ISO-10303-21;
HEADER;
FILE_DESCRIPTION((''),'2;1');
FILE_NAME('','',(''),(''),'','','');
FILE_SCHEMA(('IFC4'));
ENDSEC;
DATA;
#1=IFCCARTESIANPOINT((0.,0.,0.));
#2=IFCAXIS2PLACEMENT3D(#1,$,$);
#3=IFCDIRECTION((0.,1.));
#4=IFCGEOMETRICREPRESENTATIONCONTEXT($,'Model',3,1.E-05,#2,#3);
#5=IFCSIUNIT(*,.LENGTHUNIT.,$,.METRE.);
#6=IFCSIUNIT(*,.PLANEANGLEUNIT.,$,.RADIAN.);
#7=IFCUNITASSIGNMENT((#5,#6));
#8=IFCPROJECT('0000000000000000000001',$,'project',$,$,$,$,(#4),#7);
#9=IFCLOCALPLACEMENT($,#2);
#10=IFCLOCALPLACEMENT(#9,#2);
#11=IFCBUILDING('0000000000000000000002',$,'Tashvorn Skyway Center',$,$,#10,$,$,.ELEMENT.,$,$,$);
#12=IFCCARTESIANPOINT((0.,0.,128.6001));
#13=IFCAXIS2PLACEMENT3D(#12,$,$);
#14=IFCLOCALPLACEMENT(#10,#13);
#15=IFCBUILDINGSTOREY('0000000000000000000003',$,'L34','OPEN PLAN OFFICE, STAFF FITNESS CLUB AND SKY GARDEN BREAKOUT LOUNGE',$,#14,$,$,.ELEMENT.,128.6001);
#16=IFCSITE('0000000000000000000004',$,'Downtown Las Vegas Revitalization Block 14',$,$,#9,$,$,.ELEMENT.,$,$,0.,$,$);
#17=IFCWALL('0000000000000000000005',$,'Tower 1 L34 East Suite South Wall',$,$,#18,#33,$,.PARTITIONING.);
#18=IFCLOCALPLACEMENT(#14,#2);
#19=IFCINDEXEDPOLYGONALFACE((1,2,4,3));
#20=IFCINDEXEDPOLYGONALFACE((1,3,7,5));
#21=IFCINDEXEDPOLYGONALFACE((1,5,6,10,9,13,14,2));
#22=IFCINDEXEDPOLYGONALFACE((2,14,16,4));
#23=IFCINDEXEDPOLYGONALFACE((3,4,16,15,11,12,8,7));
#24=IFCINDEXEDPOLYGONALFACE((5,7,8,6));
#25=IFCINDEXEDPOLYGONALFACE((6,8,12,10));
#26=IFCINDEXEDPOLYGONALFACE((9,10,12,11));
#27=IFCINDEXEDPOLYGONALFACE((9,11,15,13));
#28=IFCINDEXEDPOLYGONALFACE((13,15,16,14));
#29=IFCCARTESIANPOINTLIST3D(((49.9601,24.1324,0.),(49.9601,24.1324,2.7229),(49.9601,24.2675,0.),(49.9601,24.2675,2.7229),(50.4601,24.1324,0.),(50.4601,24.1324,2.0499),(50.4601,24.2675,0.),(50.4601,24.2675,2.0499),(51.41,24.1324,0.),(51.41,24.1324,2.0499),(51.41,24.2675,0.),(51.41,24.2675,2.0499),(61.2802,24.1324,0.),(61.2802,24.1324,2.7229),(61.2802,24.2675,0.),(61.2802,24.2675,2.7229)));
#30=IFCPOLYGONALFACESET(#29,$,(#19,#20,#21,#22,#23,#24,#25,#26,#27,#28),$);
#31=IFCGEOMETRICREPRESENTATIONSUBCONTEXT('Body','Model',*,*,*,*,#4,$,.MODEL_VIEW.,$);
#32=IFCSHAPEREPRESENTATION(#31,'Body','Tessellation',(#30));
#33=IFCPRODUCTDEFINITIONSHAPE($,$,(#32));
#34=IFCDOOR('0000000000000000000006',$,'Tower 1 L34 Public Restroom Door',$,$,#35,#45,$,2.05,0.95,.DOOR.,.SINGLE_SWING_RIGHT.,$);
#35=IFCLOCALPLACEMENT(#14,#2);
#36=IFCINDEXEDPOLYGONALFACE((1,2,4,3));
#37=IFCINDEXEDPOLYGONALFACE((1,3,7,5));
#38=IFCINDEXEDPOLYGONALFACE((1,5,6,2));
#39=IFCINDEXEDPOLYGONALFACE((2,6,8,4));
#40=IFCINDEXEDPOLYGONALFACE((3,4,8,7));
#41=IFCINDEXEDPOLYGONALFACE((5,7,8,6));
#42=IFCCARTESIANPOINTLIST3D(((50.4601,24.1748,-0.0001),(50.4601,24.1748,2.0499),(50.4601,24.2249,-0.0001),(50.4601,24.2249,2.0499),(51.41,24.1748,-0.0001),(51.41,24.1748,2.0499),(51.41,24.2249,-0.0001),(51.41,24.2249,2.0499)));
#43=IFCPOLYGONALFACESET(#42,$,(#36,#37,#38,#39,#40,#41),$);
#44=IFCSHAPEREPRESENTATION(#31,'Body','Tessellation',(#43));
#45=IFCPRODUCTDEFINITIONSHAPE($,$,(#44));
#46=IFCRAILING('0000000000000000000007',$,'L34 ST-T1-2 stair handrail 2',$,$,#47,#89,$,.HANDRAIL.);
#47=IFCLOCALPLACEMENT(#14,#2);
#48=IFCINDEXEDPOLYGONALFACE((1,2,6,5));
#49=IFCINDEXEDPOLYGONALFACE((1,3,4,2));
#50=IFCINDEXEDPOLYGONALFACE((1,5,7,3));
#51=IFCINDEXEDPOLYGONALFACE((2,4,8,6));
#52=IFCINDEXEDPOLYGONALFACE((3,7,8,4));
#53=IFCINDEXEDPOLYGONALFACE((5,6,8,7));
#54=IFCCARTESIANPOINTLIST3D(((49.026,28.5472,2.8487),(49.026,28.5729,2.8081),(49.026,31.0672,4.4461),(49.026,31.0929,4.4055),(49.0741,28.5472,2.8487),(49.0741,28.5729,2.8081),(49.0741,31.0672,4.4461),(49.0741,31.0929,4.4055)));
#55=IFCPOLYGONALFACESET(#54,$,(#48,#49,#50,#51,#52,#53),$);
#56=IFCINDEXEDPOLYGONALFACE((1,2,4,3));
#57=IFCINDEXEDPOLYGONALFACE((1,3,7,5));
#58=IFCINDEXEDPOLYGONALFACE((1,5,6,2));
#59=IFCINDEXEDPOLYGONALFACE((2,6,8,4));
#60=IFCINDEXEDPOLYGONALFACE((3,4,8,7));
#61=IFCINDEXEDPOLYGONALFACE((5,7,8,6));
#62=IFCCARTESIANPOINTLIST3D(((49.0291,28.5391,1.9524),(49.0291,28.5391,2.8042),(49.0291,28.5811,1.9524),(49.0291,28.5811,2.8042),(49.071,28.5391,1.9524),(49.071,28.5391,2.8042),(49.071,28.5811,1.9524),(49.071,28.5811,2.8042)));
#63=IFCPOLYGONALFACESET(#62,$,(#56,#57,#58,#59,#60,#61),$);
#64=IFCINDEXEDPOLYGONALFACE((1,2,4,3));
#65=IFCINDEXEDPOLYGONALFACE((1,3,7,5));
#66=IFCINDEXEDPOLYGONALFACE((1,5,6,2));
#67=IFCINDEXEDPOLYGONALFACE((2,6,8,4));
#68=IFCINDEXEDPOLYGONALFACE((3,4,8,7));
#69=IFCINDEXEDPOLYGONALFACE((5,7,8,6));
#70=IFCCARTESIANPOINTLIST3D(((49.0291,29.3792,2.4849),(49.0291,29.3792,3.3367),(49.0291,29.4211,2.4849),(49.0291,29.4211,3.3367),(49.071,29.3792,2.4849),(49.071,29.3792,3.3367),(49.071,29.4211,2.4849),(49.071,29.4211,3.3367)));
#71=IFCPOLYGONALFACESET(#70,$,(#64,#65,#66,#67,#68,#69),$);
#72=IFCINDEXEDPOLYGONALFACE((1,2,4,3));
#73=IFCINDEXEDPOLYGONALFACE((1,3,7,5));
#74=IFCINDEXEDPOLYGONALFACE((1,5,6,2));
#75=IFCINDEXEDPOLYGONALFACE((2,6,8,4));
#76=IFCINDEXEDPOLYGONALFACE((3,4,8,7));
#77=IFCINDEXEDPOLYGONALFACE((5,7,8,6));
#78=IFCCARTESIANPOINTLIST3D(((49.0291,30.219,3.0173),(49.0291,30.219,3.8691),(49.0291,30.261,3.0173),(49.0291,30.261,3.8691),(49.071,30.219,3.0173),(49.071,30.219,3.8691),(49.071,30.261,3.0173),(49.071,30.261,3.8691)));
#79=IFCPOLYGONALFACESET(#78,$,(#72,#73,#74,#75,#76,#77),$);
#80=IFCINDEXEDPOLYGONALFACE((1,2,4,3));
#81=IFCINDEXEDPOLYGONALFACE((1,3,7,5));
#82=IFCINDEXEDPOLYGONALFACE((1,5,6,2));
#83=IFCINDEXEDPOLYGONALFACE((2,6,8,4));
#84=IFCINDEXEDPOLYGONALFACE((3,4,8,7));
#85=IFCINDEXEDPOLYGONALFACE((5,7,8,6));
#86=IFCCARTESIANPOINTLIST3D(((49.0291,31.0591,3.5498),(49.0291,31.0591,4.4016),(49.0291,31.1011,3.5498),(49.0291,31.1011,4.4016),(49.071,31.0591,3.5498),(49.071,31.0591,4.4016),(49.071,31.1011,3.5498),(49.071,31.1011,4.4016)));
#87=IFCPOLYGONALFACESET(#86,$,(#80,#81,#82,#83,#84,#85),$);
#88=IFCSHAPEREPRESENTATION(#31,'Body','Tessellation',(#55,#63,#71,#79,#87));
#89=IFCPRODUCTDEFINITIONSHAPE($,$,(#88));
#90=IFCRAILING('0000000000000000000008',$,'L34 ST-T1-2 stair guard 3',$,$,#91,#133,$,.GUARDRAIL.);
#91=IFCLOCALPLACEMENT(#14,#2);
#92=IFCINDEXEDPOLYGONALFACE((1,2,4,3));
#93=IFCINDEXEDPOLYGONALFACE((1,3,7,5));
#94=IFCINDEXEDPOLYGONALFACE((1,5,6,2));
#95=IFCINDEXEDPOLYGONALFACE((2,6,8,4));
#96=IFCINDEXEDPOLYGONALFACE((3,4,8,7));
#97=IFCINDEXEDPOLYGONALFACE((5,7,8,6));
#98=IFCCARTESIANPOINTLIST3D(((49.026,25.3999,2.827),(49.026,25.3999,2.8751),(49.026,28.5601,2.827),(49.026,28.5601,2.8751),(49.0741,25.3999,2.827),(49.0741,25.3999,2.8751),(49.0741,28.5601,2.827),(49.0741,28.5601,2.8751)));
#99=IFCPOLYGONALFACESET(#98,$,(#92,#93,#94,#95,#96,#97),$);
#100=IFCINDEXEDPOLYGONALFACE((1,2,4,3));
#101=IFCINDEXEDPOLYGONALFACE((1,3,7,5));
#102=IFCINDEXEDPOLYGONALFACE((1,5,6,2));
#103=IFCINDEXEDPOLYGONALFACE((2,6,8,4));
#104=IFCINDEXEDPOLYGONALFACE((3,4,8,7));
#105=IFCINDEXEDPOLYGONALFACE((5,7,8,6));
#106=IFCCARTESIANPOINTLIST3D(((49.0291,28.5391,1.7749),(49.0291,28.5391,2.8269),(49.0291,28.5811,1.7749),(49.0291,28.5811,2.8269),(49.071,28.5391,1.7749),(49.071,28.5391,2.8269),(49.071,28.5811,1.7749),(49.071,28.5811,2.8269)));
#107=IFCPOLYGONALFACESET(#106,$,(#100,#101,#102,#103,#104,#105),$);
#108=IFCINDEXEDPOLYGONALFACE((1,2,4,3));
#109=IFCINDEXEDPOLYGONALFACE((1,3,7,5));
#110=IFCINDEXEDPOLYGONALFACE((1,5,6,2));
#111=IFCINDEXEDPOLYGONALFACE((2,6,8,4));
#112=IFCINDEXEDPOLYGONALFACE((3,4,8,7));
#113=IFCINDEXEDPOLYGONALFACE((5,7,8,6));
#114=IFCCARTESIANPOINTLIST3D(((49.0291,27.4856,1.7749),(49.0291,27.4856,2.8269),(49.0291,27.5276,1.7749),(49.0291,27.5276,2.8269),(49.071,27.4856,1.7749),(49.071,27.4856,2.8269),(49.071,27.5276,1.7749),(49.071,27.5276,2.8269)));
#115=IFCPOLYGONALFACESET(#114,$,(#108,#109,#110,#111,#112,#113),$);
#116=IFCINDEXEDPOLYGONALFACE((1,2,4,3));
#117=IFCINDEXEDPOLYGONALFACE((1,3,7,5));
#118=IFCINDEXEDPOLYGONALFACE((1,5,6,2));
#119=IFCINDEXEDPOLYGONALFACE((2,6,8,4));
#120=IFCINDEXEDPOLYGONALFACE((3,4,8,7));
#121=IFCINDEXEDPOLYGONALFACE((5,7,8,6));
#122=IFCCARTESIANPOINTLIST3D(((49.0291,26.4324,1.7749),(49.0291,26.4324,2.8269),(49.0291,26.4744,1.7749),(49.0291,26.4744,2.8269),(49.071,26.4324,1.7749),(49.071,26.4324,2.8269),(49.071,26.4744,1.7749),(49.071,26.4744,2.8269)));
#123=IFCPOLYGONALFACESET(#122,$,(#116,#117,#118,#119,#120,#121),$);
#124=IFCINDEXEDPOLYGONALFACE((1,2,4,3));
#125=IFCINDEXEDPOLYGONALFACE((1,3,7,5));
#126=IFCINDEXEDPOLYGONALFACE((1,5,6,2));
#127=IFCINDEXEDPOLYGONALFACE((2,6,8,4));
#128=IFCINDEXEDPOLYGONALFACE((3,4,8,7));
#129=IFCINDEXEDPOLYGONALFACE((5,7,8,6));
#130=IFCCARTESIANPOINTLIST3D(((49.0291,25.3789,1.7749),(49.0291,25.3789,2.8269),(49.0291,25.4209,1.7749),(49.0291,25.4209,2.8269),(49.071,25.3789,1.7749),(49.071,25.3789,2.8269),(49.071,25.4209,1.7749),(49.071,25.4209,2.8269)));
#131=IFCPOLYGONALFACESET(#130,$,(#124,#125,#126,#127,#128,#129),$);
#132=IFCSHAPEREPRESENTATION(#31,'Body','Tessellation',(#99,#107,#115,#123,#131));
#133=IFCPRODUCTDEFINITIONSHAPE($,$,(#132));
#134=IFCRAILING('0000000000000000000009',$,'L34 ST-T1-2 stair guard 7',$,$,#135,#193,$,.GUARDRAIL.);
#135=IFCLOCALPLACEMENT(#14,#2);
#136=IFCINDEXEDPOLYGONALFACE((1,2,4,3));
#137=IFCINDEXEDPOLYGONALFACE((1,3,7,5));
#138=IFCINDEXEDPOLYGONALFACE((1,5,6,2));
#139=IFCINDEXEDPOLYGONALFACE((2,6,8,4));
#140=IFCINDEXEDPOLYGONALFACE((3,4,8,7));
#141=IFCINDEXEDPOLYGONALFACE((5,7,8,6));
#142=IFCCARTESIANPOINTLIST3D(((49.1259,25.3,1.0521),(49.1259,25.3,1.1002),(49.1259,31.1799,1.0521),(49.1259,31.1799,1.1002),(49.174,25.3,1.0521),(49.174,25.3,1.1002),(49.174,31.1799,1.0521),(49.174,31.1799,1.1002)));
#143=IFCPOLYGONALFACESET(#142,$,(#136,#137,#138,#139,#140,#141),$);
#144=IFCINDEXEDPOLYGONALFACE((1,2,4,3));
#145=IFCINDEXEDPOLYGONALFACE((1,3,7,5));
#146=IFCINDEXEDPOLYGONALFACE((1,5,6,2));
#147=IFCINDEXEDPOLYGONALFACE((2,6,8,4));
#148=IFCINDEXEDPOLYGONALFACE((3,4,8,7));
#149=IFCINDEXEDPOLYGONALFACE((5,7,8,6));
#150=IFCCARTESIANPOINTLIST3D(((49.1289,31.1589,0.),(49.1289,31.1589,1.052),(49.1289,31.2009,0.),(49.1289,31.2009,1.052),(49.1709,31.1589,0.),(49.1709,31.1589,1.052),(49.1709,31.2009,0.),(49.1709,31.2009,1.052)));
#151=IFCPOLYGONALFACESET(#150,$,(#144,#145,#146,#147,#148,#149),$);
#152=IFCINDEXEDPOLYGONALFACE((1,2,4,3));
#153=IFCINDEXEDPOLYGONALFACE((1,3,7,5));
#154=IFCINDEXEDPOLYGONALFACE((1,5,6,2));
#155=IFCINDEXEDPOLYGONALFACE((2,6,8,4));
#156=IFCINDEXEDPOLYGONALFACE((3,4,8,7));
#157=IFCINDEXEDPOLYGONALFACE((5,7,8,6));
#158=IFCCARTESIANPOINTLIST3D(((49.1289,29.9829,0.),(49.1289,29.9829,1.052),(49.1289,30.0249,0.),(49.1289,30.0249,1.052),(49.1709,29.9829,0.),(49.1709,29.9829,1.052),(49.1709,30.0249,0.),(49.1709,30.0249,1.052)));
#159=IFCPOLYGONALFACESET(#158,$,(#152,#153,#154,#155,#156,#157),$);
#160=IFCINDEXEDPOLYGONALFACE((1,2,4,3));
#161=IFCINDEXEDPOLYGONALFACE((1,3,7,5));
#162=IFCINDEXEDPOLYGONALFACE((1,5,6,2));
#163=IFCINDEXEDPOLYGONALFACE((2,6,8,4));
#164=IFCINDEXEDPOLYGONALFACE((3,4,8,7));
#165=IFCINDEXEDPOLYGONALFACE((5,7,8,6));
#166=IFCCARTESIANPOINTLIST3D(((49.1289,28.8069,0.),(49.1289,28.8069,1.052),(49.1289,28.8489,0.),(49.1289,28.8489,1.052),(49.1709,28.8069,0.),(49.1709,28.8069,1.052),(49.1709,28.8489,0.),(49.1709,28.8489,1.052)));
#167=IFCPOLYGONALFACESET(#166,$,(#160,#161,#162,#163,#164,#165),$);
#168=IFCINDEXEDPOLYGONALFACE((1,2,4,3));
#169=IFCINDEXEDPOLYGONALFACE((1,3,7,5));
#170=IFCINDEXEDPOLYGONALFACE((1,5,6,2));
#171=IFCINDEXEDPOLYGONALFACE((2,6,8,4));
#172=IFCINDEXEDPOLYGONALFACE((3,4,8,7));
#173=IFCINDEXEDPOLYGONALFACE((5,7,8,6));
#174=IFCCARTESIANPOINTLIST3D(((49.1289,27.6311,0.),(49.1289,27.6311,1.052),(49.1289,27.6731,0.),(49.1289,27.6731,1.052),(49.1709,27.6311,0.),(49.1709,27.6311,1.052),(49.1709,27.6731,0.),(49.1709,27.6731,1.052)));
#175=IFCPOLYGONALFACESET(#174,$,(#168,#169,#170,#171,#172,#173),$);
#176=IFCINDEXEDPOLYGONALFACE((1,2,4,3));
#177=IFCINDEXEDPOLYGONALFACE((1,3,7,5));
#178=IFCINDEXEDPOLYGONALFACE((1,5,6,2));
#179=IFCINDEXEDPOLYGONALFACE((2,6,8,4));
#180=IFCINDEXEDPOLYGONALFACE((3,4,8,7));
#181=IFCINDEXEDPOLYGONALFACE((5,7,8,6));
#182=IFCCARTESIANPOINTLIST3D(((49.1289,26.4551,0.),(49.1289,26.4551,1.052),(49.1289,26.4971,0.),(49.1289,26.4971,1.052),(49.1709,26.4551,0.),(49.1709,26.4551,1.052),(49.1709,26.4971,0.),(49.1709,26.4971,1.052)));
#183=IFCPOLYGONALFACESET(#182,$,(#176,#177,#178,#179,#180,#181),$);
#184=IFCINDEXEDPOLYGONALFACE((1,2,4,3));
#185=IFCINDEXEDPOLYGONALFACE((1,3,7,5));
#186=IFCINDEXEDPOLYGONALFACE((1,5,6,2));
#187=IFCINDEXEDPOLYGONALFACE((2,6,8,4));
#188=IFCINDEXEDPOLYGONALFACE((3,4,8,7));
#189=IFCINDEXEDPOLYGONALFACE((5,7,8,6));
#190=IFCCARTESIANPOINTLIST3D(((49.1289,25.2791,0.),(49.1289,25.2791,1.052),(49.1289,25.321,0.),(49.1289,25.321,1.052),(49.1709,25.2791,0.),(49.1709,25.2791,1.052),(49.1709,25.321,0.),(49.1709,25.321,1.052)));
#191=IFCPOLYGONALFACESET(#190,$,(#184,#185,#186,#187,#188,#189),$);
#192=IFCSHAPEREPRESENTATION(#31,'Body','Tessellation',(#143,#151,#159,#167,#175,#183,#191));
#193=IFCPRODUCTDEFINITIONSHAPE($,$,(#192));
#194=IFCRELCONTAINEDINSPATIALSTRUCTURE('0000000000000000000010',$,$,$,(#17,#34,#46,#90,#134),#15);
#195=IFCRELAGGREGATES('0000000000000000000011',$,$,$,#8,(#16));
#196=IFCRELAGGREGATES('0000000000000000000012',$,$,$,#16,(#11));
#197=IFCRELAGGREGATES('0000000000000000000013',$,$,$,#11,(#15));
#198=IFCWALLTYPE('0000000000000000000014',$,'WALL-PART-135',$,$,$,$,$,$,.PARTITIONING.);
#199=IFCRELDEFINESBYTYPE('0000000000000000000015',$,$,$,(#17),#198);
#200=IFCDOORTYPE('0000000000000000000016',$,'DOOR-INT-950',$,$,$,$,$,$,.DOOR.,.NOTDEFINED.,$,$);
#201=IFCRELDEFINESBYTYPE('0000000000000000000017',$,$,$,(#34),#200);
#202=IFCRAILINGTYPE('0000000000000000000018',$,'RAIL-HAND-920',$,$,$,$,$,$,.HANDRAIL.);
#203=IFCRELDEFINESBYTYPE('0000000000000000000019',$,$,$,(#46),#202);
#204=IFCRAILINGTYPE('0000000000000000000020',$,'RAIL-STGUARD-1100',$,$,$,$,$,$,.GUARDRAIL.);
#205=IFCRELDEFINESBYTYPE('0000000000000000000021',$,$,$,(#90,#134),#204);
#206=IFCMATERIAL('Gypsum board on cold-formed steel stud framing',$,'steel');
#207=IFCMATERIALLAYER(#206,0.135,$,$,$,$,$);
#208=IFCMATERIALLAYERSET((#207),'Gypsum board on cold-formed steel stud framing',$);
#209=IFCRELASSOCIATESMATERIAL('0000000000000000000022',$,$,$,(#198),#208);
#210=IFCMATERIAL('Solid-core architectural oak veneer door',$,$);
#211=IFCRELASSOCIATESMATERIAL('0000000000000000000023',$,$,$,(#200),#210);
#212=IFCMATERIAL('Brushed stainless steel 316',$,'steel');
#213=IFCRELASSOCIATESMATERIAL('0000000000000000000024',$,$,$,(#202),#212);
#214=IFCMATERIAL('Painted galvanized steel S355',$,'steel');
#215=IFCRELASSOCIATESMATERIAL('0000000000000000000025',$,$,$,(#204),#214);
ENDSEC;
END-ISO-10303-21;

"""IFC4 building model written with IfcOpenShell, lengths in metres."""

from ifc_helpers import new_model, si_unit, direction, frame, frame_2d, origin, origin_2d, place, context, subcontext, project, spatial, rectangle, extrude, material, layer, layer_set, type_object, element, fill, save


model = new_model("IFC4")

# Units and contexts
model_context = context("Model", 3, precision=1e-05, world=origin(), true_north=direction((0.0, 1.0)))
body_context = subcontext(model_context, "Body", "Model", "MODEL_VIEW")
ifc_project = project(units=[si_unit("LENGTHUNIT", "METRE"), si_unit("PLANEANGLEUNIT", "RADIAN")], contexts=[model_context])

# Site, building, storey
site_placement = place(None, origin())
site = spatial("IfcSite", under=ifc_project, at=site_placement, Name="Downtown Las Vegas Revitalization Block 14", CompositionType="ELEMENT", RefElevation=0.0)
building_placement = place(site_placement, origin())
building = spatial("IfcBuilding", under=site, at=building_placement, Name="Tashvorn Skyway Center", CompositionType="ELEMENT")
storey_placement = place(building_placement, frame((0.0, 0.0, 128.6001)))
storey = spatial("IfcBuildingStorey", under=building, at=storey_placement, Name="L34", Description="OPEN PLAN OFFICE, STAFF FITNESS CLUB AND SKY GARDEN BREAKOUT LOUNGE", CompositionType="ELEMENT", Elevation=128.6001)

# Shared definitions
ifc_material_1 = material(Name="Gypsum board on cold-formed steel stud framing", Category="steel")

# Shared definitions
ifc_layer_1 = layer(ifc_material_1, 0.135)
ifc_layer_set_1 = layer_set([ifc_layer_1], Name="Gypsum board on cold-formed steel stud framing")
wall_type_1 = type_object("IfcWallType", Name="WALL-PART-135", PredefinedType="PARTITIONING", material=ifc_layer_set_1)
ifc_material_2 = material(Name="Solid-core architectural oak veneer door")
door_type_1 = type_object("IfcDoorType", Name="DOOR-INT-950", OperationType="NOTDEFINED", PredefinedType="DOOR", material=ifc_material_2)

# Wall, opening, door
wall_1_placement = place(storey_placement, frame((49.96, 24.2, 0.0), z_axis=(0.0, 0.0, 1.0), x_axis=(1.0, 0.0, 0.0)))
wall_1 = element("IfcWall", 1, at=wall_1_placement, inside=storey, type_object=wall_type_1, Name="Tower 1 L34 East Suite South Wall", PredefinedType="PARTITIONING", context=body_context, shape_type="SweptSolid", body=[
    extrude(rectangle(XDim=11.3201, YDim=0.135, at=frame_2d((5.6602, 0.0))), origin(), (0.0, 0.0, 1.0), 2.7229),
])
opening_1_placement = place(wall_1_placement, frame((0.5, 0.0, 0.0)))
opening_1 = element("IfcOpeningElement", 2, at=opening_1_placement, cuts=wall_1, PredefinedType="OPENING", context=body_context, shape_type="SweptSolid", body=[
    extrude(rectangle(XDim=0.95, YDim=2.05, at=frame_2d((0.4751, 1.0249))), frame((0.0, 0.0774, 0.0), z_axis=(0.0, -1.0, 0.0), x_axis=(1.0, 0.0, 0.0)), (0.0, 0.0, 1.0), 0.155),
])
door_1_placement = place(opening_1_placement, origin())
door_1 = element("IfcDoor", 3, at=door_1_placement, inside=storey, type_object=door_type_1, Name="Tower 1 L34 Public Restroom Door", OperationType="SINGLE_SWING_RIGHT", OverallHeight=2.05, OverallWidth=0.95, PredefinedType="DOOR", context=body_context, shape_type="SweptSolid", body=[
    extrude(rectangle(XDim=0.95, YDim=2.05, at=frame_2d((0.4751, 1.0249))), frame((0.0, 0.0249, 0.0), z_axis=(0.0, -1.0, 0.0), x_axis=(1.0, 0.0, 0.0)), (0.0, 0.0, 1.0), 0.05),
])
fill(opening_1, door_1)

# Railings
ifc_material_3 = material(Name="Brushed stainless steel 316", Category="steel")
railing_type_1 = type_object("IfcRailingType", Name="RAIL-HAND-920", PredefinedType="HANDRAIL", material=ifc_material_3)
railing_1_placement = place(storey_placement, frame((49.05, 28.5601, 1.9524)))
element("IfcRailing", 4, at=railing_1_placement, inside=storey, type_object=railing_type_1, Name="L34 ST-T1-2 stair handrail 2", PredefinedType="HANDRAIL", context=body_context, shape_type="SweptSolid", body=[
    extrude(rectangle(XDim=0.0481, YDim=0.0481, at=origin_2d()), frame((0.0, 0.0, 0.876), z_axis=(0.0, 0.844607, 0.535387), x_axis=(-1.0, 0.0, 0.0)), (0.0, 0.0, 1.0), 2.9836),
    extrude(rectangle(XDim=0.042, YDim=0.042, at=origin_2d()), origin(), (0.0, 0.0, 1.0), 0.8518),
    extrude(rectangle(XDim=0.042, YDim=0.042, at=origin_2d()), frame((0.0, 0.8401, 0.5325)), (0.0, 0.0, 1.0), 0.8518),
    extrude(rectangle(XDim=0.042, YDim=0.042, at=origin_2d()), frame((0.0, 1.6799, 1.0649)), (0.0, 0.0, 1.0), 0.8518),
    extrude(rectangle(XDim=0.042, YDim=0.042, at=origin_2d()), frame((0.0, 2.52, 1.5974)), (0.0, 0.0, 1.0), 0.8518),
])
ifc_material_4 = material(Name="Painted galvanized steel S355", Category="steel")
railing_type_2 = type_object("IfcRailingType", Name="RAIL-STGUARD-1100", PredefinedType="GUARDRAIL", material=ifc_material_4)
railing_2_placement = place(storey_placement, frame((49.05, 28.5601, 1.7749)))
element("IfcRailing", 5, at=railing_2_placement, inside=storey, type_object=railing_type_2, Name="L34 ST-T1-2 stair guard 3", PredefinedType="GUARDRAIL", context=body_context, shape_type="SweptSolid", body=[
    extrude(rectangle(XDim=0.0481, YDim=0.0481, at=origin_2d()), frame((0.0, 0.0, 1.0762), z_axis=(0.0, -1.0, 0.0), x_axis=(1.0, 0.0, 0.0)), (0.0, 0.0, 1.0), 3.1602),
    extrude(rectangle(XDim=0.042, YDim=0.042, at=origin_2d()), origin(), (0.0, 0.0, 1.0), 1.052),
    extrude(rectangle(XDim=0.042, YDim=0.042, at=origin_2d()), frame((0.0, -1.0535, 0.0)), (0.0, 0.0, 1.0), 1.052),
    extrude(rectangle(XDim=0.042, YDim=0.042, at=origin_2d()), frame((0.0, -2.1067, 0.0)), (0.0, 0.0, 1.0), 1.052),
    extrude(rectangle(XDim=0.042, YDim=0.042, at=origin_2d()), frame((0.0, -3.1602, 0.0)), (0.0, 0.0, 1.0), 1.052),
])
railing_3_placement = place(storey_placement, frame((49.1499, 31.1799, 0.0)))
element("IfcRailing", 6, at=railing_3_placement, inside=storey, type_object=railing_type_2, Name="L34 ST-T1-2 stair guard 7", PredefinedType="GUARDRAIL", context=body_context, shape_type="SweptSolid", body=[
    extrude(rectangle(XDim=0.0481, YDim=0.0481, at=origin_2d()), frame((0.0, 0.0, 1.0762), z_axis=(0.0, -1.0, 0.0), x_axis=(1.0, 0.0, 0.0)), (0.0, 0.0, 1.0), 5.8799),
    extrude(rectangle(XDim=0.042, YDim=0.042, at=origin_2d()), origin(), (0.0, 0.0, 1.0), 1.052),
    extrude(rectangle(XDim=0.042, YDim=0.042, at=origin_2d()), frame((0.0, -1.176, 0.0)), (0.0, 0.0, 1.0), 1.052),
    extrude(rectangle(XDim=0.042, YDim=0.042, at=origin_2d()), frame((0.0, -2.3521, 0.0)), (0.0, 0.0, 1.0), 1.052),
    extrude(rectangle(XDim=0.042, YDim=0.042, at=origin_2d()), frame((0.0, -3.5278, 0.0)), (0.0, 0.0, 1.0), 1.052),
    extrude(rectangle(XDim=0.042, YDim=0.042, at=origin_2d()), frame((0.0, -4.7039, 0.0)), (0.0, 0.0, 1.0), 1.052),
    extrude(rectangle(XDim=0.042, YDim=0.042, at=origin_2d()), frame((0.0, -5.8799, 0.0)), (0.0, 0.0, 1.0), 1.052),
])

save(model, "model.ifc")
